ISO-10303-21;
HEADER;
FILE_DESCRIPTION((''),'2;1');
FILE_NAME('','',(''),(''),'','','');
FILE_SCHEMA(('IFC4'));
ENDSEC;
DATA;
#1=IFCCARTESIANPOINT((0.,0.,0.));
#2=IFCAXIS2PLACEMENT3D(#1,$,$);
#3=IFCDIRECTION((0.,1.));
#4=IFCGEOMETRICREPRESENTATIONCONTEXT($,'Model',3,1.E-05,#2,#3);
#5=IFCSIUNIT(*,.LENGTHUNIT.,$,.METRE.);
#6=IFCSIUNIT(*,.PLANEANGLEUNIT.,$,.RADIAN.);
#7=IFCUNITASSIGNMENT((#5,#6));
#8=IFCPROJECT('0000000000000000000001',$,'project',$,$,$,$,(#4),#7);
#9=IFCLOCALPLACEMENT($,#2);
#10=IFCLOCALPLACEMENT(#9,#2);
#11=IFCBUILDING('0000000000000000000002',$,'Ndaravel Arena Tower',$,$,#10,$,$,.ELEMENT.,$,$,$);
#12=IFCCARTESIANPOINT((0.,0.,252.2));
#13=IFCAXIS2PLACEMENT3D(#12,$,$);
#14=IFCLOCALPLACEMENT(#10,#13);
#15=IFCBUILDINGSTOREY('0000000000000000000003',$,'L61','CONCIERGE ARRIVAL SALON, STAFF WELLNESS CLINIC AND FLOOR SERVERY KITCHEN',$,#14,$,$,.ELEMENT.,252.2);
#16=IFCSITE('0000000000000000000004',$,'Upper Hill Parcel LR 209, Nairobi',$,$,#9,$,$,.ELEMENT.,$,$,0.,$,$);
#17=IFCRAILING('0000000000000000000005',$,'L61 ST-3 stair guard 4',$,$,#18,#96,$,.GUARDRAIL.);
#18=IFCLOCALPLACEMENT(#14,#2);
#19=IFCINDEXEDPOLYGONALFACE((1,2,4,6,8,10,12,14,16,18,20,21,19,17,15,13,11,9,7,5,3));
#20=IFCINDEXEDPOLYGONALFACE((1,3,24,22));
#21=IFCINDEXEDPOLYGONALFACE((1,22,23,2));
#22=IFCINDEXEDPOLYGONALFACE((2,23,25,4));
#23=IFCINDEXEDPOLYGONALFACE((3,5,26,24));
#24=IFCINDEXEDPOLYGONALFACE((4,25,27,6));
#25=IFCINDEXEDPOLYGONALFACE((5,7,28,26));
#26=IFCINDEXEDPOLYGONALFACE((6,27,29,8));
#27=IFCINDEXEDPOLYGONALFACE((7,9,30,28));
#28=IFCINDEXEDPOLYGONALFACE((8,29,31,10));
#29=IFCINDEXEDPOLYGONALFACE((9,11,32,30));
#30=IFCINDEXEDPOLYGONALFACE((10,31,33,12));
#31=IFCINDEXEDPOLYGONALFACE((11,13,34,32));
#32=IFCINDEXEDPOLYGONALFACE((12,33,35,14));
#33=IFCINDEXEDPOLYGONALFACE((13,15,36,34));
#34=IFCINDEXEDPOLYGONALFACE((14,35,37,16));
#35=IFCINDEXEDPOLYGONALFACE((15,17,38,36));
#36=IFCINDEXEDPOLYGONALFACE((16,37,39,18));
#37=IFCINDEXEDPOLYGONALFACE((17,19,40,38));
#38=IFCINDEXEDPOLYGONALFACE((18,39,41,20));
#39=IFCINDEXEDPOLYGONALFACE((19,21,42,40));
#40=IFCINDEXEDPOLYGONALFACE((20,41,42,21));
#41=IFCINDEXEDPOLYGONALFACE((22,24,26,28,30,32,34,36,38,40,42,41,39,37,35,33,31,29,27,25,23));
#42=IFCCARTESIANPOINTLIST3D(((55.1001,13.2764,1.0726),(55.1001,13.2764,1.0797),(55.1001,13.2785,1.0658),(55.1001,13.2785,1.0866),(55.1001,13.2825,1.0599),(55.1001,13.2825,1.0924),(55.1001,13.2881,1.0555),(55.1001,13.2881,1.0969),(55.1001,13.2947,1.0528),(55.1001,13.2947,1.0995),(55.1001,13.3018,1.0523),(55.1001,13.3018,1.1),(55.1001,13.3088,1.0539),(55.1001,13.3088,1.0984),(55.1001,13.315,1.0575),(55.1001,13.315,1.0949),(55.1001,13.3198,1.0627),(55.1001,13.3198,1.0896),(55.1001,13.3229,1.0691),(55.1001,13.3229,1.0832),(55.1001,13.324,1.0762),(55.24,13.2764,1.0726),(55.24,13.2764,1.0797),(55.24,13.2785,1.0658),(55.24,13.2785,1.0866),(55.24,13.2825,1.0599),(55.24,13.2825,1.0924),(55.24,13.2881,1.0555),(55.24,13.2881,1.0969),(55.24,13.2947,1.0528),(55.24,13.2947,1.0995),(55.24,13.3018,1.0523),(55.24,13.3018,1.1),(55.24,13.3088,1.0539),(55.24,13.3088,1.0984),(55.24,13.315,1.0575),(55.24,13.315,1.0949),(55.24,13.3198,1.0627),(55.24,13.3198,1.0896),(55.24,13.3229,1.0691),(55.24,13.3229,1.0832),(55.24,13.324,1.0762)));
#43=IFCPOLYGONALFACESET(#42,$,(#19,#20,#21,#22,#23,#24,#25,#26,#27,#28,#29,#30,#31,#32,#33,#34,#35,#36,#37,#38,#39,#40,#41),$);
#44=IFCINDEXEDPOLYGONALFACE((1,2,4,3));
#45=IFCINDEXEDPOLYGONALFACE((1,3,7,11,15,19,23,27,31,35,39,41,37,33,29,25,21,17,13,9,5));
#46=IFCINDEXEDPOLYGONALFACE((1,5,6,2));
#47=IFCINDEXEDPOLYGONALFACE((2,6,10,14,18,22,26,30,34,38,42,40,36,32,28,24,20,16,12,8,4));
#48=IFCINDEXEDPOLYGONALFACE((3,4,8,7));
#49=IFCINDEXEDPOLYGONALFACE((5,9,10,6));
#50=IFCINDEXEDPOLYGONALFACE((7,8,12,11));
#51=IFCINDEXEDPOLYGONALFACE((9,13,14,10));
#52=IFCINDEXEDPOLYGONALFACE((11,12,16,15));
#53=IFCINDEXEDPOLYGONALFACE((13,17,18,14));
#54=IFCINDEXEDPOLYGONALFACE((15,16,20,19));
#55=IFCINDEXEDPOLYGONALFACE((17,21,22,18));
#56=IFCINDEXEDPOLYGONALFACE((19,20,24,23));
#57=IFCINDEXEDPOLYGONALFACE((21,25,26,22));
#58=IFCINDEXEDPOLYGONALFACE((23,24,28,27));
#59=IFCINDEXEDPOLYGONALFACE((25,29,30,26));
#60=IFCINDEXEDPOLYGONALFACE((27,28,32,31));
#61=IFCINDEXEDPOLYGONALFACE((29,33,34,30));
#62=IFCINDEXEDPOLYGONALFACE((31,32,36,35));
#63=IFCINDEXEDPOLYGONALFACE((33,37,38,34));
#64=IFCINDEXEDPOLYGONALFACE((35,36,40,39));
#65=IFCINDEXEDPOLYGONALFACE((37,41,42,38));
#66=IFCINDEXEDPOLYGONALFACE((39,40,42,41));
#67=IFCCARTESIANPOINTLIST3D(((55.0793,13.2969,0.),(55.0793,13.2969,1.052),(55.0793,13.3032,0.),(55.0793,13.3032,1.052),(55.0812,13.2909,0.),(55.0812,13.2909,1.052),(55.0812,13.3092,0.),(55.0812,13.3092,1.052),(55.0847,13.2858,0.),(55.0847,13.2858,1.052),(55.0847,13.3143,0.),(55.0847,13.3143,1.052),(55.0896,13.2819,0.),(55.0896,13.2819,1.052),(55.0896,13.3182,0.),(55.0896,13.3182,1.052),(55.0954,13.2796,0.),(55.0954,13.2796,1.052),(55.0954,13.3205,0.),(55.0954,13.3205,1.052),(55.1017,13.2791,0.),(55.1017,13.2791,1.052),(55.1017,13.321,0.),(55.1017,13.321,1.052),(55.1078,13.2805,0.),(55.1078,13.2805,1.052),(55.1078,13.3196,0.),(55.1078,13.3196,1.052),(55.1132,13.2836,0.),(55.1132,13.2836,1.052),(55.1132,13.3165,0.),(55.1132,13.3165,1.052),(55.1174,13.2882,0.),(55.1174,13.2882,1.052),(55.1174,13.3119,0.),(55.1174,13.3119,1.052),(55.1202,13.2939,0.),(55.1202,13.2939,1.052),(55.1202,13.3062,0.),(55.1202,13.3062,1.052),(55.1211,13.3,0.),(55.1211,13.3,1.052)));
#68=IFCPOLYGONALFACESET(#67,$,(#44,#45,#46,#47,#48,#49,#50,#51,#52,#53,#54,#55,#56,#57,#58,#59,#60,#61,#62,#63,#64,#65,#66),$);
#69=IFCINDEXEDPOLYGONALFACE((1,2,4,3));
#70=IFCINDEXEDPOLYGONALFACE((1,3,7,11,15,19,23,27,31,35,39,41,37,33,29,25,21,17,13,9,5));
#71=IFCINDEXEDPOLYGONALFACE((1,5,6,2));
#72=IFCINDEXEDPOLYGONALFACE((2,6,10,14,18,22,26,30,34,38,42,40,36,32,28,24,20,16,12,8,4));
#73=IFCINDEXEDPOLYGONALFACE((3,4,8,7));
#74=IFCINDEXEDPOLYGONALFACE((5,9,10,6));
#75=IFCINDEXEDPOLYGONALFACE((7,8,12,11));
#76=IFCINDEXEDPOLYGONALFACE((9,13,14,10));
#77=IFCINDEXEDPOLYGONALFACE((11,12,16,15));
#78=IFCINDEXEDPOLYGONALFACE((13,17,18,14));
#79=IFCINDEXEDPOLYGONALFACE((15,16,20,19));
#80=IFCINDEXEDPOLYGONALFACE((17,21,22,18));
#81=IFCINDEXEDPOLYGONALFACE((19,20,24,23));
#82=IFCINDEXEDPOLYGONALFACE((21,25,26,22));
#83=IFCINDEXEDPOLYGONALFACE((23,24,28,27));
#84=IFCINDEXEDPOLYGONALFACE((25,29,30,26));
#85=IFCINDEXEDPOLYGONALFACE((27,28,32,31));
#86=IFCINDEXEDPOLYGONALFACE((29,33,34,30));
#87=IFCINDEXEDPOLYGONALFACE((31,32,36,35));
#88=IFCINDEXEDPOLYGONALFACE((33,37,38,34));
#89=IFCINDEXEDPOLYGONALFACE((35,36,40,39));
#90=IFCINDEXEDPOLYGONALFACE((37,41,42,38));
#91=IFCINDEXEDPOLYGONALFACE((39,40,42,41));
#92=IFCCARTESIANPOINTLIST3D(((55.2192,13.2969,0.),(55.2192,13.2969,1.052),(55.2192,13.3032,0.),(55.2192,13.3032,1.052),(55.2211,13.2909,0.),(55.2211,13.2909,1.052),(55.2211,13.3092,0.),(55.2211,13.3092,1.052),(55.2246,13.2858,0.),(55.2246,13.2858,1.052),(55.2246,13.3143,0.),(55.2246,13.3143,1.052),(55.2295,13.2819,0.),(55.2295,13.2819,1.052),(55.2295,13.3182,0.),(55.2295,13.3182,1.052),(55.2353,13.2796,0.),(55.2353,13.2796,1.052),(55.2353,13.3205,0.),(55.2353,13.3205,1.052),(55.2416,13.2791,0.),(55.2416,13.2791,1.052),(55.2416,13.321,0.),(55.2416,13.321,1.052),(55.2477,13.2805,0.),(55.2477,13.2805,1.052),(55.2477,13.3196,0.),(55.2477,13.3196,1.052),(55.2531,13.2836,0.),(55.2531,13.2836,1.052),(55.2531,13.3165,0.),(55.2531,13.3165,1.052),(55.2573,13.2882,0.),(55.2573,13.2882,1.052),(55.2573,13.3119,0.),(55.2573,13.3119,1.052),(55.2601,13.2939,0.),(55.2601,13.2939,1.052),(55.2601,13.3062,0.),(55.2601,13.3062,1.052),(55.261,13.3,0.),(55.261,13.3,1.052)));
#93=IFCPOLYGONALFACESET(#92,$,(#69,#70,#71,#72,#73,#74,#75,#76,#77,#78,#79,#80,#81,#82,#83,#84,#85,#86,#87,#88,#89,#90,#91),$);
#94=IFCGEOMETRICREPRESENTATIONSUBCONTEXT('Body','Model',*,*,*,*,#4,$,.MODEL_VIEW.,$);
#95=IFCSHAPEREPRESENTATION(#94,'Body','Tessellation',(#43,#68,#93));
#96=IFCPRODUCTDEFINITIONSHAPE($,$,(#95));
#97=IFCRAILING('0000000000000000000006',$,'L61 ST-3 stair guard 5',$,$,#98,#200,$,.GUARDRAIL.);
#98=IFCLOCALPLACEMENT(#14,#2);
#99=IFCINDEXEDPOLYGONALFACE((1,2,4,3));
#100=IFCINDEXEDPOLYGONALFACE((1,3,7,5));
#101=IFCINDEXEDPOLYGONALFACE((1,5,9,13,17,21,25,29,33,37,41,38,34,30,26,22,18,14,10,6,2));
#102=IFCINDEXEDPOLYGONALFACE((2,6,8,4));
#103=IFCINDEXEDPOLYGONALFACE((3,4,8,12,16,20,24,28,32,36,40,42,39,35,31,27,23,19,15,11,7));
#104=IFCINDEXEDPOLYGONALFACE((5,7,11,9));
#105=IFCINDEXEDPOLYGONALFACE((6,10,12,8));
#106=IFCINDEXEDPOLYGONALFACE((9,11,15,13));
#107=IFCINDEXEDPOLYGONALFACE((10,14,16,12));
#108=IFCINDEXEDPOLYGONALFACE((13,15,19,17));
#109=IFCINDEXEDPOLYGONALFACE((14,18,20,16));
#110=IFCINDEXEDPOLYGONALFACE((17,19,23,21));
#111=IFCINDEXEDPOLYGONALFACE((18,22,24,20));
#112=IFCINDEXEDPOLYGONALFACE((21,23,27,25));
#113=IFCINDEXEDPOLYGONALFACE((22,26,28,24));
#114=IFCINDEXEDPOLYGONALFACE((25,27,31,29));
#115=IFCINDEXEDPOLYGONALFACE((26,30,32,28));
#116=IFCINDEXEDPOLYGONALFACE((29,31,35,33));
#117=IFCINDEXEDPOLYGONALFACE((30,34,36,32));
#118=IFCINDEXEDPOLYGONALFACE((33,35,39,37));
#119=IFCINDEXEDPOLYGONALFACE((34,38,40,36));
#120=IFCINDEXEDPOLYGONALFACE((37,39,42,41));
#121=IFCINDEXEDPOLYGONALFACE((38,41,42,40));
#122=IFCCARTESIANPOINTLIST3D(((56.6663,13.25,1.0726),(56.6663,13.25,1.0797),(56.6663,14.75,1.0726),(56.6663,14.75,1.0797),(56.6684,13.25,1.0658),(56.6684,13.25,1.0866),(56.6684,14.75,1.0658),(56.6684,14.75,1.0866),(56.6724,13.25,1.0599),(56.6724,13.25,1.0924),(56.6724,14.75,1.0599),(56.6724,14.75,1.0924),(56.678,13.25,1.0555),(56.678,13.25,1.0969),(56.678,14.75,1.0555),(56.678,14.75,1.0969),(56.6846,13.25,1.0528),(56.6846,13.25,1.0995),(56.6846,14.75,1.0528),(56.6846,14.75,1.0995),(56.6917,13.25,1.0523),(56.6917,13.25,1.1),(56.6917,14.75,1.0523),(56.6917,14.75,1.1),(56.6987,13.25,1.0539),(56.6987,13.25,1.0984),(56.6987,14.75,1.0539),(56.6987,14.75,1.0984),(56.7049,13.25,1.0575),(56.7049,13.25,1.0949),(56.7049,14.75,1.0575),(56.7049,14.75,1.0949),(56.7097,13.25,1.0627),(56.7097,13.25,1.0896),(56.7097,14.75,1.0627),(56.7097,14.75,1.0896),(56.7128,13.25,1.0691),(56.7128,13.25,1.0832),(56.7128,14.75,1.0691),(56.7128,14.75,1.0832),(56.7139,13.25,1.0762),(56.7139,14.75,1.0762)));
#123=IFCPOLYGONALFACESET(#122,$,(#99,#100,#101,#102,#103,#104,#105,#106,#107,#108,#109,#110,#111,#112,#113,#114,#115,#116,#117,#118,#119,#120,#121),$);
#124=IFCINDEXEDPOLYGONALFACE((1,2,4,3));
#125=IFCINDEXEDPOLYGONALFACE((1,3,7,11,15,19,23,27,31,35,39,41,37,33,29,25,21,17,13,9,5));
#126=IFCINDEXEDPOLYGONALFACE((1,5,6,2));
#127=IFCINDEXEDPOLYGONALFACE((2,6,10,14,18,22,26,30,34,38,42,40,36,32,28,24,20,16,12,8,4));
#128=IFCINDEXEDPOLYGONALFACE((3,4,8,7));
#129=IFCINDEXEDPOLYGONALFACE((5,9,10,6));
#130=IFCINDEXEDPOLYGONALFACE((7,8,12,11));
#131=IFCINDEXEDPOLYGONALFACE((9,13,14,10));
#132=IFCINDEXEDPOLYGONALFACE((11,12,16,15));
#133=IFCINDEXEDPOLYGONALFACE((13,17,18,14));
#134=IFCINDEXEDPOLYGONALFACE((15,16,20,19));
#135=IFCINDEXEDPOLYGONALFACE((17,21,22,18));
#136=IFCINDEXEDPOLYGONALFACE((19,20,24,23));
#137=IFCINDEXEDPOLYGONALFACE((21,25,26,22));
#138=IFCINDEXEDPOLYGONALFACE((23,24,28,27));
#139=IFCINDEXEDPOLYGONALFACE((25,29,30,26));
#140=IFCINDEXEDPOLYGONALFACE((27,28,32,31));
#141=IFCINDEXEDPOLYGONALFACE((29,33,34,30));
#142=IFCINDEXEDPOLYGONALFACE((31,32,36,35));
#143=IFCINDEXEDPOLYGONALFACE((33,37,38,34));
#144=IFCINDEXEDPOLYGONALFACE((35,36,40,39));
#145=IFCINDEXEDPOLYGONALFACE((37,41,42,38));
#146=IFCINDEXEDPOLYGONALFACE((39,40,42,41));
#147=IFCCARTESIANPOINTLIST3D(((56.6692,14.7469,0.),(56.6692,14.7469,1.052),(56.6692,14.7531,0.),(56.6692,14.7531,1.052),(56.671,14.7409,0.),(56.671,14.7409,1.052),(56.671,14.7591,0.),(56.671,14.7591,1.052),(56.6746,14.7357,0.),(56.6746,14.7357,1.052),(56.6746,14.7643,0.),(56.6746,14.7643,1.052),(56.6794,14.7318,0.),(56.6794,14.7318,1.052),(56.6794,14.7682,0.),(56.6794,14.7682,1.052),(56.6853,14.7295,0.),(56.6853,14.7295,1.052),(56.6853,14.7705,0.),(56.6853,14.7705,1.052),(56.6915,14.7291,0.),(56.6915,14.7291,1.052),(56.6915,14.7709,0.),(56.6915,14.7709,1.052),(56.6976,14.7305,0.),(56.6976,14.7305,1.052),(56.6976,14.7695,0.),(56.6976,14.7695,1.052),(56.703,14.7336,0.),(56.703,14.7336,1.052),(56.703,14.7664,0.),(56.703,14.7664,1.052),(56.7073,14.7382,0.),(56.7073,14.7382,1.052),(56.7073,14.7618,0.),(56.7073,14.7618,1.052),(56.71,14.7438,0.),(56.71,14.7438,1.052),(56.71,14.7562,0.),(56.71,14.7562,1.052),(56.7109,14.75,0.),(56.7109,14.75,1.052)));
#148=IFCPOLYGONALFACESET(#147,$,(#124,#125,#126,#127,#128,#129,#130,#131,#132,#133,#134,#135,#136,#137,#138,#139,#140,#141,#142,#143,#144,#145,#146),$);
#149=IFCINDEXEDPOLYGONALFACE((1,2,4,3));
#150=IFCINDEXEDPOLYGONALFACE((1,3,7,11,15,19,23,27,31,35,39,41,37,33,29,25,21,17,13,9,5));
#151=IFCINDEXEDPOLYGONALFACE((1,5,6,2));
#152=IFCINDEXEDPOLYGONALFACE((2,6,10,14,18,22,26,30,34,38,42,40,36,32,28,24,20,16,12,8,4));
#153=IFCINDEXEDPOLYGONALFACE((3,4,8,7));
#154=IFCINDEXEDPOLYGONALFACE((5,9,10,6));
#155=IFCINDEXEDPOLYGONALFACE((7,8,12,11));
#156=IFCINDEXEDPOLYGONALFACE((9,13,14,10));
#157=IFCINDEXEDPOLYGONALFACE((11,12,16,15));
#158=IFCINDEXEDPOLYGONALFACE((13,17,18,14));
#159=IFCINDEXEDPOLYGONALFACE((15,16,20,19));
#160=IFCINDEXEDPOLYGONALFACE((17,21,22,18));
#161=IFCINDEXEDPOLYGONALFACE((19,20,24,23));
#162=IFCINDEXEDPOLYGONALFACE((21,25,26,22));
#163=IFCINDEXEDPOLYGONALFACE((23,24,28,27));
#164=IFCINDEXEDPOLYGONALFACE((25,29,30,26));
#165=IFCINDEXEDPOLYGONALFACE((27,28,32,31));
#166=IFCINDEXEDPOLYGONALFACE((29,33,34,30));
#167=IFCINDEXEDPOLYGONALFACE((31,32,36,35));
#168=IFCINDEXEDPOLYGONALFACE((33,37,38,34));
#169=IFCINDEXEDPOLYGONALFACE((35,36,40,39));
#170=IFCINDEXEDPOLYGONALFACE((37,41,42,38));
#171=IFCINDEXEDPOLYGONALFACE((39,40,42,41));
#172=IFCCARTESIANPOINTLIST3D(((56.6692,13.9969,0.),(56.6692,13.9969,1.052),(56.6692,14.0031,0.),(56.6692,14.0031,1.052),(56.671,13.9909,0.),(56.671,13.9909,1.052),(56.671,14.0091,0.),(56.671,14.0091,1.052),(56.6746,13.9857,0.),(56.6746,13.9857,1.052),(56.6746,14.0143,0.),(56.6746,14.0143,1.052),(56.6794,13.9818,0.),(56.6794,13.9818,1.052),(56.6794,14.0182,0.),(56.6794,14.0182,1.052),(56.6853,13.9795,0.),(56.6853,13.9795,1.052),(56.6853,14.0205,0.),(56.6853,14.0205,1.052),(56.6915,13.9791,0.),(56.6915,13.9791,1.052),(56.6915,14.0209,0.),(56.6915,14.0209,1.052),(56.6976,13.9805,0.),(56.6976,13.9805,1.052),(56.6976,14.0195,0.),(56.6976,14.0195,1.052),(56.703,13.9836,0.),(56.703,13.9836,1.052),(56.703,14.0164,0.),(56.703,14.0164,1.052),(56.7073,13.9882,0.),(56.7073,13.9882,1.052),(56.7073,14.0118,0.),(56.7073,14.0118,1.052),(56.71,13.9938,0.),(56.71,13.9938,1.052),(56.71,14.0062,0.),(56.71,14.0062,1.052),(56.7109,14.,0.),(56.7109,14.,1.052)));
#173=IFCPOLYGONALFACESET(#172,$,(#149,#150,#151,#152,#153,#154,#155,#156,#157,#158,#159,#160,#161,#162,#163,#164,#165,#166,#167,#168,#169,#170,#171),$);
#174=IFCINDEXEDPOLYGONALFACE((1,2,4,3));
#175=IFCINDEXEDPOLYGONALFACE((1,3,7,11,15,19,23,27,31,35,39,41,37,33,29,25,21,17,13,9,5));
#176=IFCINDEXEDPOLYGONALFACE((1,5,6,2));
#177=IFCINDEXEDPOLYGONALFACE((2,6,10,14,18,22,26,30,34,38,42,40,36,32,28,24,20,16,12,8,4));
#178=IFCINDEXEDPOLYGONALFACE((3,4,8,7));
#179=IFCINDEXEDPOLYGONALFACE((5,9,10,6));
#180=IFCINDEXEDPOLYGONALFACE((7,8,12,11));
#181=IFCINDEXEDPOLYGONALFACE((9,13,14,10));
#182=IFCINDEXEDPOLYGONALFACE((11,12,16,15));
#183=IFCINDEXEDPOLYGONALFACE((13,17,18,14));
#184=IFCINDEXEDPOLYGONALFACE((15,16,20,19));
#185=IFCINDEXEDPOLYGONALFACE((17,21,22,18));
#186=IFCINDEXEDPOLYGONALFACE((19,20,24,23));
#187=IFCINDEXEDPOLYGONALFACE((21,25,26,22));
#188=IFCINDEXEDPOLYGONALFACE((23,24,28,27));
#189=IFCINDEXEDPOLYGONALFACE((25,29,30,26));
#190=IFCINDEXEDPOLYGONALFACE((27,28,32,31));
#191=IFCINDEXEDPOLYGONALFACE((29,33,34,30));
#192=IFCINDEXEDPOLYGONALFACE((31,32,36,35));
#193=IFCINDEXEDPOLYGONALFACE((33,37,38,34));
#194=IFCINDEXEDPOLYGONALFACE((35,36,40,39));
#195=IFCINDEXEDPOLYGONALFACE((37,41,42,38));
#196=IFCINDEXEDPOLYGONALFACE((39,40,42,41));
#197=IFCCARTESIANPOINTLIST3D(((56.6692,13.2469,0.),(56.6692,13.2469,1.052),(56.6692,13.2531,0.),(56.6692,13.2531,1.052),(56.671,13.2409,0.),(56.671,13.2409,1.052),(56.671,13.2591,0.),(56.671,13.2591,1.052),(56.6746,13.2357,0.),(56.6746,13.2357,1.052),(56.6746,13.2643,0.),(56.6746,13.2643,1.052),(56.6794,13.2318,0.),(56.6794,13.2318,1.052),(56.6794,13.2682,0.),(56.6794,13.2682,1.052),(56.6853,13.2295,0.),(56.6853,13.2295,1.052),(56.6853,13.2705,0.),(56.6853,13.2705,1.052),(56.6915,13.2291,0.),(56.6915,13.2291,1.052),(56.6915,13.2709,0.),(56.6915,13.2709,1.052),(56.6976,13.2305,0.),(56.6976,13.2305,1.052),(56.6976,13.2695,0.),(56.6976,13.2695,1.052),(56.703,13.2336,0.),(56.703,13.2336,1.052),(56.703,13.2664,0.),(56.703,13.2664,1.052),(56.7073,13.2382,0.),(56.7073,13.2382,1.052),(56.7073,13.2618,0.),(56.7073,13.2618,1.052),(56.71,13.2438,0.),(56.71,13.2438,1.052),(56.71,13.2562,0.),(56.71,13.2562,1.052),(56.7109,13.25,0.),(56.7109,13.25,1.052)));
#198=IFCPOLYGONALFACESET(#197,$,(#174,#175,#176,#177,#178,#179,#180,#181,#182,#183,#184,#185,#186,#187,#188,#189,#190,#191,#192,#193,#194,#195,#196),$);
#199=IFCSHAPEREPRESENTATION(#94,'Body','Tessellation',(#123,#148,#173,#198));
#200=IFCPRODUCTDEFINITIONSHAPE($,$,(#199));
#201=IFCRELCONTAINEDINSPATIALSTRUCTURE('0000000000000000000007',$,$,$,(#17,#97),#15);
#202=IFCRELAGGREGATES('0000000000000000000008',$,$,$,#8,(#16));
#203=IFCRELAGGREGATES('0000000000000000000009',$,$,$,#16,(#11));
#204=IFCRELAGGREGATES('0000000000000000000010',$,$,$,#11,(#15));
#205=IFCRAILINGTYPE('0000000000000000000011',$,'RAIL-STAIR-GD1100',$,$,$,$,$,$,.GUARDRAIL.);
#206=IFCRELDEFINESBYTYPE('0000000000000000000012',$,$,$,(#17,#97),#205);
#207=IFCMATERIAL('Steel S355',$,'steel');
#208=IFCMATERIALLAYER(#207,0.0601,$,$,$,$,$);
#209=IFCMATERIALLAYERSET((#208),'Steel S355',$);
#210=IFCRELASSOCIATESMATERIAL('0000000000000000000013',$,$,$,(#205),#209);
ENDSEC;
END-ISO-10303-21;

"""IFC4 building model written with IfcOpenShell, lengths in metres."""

from ifc_helpers import new_model, si_unit, direction, frame, origin, origin_2d, place, context, subcontext, project, spatial, circle, extrude, material, layer, layer_set, type_object, element, save


model = new_model("IFC4")

# Units and contexts
model_context = context("Model", 3, precision=1e-05, world=origin(), true_north=direction((0.0, 1.0)))
body_context = subcontext(model_context, "Body", "Model", "MODEL_VIEW")
ifc_project = project(units=[si_unit("LENGTHUNIT", "METRE"), si_unit("PLANEANGLEUNIT", "RADIAN")], contexts=[model_context])

# Site, building, storey
site_placement = place(None, origin())
site = spatial("IfcSite", under=ifc_project, at=site_placement, Name="Upper Hill Parcel LR 209, Nairobi", CompositionType="ELEMENT", RefElevation=0.0)
building_placement = place(site_placement, origin())
building = spatial("IfcBuilding", under=site, at=building_placement, Name="Ndaravel Arena Tower", CompositionType="ELEMENT")
storey_placement = place(building_placement, frame((0.0, 0.0, 252.2)))
storey = spatial("IfcBuildingStorey", under=building, at=storey_placement, Name="L61", Description="CONCIERGE ARRIVAL SALON, STAFF WELLNESS CLINIC AND FLOOR SERVERY KITCHEN", CompositionType="ELEMENT", Elevation=252.2)

# Railings
ifc_material_1 = material(Name="Steel S355", Category="steel")
ifc_layer_1 = layer(ifc_material_1, 0.0601)
ifc_layer_set_1 = layer_set([ifc_layer_1], Name="Steel S355")
railing_type_1 = type_object("IfcRailingType", Name="RAIL-STAIR-GD1100", PredefinedType="GUARDRAIL", material=ifc_layer_set_1)
railing_1_placement = place(storey_placement, frame((55.1001, 13.3, 0.0)))
element("IfcRailing", 1, at=railing_1_placement, inside=storey, type_object=railing_type_1, Name="L61 ST-3 stair guard 4", PredefinedType="GUARDRAIL", context=body_context, shape_type="SweptSolid", body=[
    extrude(circle(Radius=0.0239, at=origin_2d()), frame((0.0, 0.0, 1.0762), z_axis=(1.0, 0.0, 0.0), x_axis=(0.0, 1.0, 0.0)), (0.0, 0.0, 1.0), 0.1399),
    extrude(circle(Radius=0.021, at=origin_2d()), origin(), (0.0, 0.0, 1.0), 1.052),
    extrude(circle(Radius=0.021, at=origin_2d()), frame((0.1399, 0.0, 0.0)), (0.0, 0.0, 1.0), 1.052),
])
railing_2_placement = place(storey_placement, frame((56.6899, 14.75, 0.0)))
element("IfcRailing", 2, at=railing_2_placement, inside=storey, type_object=railing_type_1, Name="L61 ST-3 stair guard 5", PredefinedType="GUARDRAIL", context=body_context, shape_type="SweptSolid", body=[
    extrude(circle(Radius=0.0239, at=origin_2d()), frame((0.0, 0.0, 1.0762), z_axis=(0.0, -1.0, 0.0), x_axis=(1.0, 0.0, 0.0)), (0.0, 0.0, 1.0), 1.5),
    extrude(circle(Radius=0.021, at=origin_2d()), origin(), (0.0, 0.0, 1.0), 1.052),
    extrude(circle(Radius=0.021, at=origin_2d()), frame((0.0, -0.75, 0.0)), (0.0, 0.0, 1.0), 1.052),
    extrude(circle(Radius=0.021, at=origin_2d()), frame((0.0, -1.5, 0.0)), (0.0, 0.0, 1.0), 1.052),
])

save(model, "model.ifc")
